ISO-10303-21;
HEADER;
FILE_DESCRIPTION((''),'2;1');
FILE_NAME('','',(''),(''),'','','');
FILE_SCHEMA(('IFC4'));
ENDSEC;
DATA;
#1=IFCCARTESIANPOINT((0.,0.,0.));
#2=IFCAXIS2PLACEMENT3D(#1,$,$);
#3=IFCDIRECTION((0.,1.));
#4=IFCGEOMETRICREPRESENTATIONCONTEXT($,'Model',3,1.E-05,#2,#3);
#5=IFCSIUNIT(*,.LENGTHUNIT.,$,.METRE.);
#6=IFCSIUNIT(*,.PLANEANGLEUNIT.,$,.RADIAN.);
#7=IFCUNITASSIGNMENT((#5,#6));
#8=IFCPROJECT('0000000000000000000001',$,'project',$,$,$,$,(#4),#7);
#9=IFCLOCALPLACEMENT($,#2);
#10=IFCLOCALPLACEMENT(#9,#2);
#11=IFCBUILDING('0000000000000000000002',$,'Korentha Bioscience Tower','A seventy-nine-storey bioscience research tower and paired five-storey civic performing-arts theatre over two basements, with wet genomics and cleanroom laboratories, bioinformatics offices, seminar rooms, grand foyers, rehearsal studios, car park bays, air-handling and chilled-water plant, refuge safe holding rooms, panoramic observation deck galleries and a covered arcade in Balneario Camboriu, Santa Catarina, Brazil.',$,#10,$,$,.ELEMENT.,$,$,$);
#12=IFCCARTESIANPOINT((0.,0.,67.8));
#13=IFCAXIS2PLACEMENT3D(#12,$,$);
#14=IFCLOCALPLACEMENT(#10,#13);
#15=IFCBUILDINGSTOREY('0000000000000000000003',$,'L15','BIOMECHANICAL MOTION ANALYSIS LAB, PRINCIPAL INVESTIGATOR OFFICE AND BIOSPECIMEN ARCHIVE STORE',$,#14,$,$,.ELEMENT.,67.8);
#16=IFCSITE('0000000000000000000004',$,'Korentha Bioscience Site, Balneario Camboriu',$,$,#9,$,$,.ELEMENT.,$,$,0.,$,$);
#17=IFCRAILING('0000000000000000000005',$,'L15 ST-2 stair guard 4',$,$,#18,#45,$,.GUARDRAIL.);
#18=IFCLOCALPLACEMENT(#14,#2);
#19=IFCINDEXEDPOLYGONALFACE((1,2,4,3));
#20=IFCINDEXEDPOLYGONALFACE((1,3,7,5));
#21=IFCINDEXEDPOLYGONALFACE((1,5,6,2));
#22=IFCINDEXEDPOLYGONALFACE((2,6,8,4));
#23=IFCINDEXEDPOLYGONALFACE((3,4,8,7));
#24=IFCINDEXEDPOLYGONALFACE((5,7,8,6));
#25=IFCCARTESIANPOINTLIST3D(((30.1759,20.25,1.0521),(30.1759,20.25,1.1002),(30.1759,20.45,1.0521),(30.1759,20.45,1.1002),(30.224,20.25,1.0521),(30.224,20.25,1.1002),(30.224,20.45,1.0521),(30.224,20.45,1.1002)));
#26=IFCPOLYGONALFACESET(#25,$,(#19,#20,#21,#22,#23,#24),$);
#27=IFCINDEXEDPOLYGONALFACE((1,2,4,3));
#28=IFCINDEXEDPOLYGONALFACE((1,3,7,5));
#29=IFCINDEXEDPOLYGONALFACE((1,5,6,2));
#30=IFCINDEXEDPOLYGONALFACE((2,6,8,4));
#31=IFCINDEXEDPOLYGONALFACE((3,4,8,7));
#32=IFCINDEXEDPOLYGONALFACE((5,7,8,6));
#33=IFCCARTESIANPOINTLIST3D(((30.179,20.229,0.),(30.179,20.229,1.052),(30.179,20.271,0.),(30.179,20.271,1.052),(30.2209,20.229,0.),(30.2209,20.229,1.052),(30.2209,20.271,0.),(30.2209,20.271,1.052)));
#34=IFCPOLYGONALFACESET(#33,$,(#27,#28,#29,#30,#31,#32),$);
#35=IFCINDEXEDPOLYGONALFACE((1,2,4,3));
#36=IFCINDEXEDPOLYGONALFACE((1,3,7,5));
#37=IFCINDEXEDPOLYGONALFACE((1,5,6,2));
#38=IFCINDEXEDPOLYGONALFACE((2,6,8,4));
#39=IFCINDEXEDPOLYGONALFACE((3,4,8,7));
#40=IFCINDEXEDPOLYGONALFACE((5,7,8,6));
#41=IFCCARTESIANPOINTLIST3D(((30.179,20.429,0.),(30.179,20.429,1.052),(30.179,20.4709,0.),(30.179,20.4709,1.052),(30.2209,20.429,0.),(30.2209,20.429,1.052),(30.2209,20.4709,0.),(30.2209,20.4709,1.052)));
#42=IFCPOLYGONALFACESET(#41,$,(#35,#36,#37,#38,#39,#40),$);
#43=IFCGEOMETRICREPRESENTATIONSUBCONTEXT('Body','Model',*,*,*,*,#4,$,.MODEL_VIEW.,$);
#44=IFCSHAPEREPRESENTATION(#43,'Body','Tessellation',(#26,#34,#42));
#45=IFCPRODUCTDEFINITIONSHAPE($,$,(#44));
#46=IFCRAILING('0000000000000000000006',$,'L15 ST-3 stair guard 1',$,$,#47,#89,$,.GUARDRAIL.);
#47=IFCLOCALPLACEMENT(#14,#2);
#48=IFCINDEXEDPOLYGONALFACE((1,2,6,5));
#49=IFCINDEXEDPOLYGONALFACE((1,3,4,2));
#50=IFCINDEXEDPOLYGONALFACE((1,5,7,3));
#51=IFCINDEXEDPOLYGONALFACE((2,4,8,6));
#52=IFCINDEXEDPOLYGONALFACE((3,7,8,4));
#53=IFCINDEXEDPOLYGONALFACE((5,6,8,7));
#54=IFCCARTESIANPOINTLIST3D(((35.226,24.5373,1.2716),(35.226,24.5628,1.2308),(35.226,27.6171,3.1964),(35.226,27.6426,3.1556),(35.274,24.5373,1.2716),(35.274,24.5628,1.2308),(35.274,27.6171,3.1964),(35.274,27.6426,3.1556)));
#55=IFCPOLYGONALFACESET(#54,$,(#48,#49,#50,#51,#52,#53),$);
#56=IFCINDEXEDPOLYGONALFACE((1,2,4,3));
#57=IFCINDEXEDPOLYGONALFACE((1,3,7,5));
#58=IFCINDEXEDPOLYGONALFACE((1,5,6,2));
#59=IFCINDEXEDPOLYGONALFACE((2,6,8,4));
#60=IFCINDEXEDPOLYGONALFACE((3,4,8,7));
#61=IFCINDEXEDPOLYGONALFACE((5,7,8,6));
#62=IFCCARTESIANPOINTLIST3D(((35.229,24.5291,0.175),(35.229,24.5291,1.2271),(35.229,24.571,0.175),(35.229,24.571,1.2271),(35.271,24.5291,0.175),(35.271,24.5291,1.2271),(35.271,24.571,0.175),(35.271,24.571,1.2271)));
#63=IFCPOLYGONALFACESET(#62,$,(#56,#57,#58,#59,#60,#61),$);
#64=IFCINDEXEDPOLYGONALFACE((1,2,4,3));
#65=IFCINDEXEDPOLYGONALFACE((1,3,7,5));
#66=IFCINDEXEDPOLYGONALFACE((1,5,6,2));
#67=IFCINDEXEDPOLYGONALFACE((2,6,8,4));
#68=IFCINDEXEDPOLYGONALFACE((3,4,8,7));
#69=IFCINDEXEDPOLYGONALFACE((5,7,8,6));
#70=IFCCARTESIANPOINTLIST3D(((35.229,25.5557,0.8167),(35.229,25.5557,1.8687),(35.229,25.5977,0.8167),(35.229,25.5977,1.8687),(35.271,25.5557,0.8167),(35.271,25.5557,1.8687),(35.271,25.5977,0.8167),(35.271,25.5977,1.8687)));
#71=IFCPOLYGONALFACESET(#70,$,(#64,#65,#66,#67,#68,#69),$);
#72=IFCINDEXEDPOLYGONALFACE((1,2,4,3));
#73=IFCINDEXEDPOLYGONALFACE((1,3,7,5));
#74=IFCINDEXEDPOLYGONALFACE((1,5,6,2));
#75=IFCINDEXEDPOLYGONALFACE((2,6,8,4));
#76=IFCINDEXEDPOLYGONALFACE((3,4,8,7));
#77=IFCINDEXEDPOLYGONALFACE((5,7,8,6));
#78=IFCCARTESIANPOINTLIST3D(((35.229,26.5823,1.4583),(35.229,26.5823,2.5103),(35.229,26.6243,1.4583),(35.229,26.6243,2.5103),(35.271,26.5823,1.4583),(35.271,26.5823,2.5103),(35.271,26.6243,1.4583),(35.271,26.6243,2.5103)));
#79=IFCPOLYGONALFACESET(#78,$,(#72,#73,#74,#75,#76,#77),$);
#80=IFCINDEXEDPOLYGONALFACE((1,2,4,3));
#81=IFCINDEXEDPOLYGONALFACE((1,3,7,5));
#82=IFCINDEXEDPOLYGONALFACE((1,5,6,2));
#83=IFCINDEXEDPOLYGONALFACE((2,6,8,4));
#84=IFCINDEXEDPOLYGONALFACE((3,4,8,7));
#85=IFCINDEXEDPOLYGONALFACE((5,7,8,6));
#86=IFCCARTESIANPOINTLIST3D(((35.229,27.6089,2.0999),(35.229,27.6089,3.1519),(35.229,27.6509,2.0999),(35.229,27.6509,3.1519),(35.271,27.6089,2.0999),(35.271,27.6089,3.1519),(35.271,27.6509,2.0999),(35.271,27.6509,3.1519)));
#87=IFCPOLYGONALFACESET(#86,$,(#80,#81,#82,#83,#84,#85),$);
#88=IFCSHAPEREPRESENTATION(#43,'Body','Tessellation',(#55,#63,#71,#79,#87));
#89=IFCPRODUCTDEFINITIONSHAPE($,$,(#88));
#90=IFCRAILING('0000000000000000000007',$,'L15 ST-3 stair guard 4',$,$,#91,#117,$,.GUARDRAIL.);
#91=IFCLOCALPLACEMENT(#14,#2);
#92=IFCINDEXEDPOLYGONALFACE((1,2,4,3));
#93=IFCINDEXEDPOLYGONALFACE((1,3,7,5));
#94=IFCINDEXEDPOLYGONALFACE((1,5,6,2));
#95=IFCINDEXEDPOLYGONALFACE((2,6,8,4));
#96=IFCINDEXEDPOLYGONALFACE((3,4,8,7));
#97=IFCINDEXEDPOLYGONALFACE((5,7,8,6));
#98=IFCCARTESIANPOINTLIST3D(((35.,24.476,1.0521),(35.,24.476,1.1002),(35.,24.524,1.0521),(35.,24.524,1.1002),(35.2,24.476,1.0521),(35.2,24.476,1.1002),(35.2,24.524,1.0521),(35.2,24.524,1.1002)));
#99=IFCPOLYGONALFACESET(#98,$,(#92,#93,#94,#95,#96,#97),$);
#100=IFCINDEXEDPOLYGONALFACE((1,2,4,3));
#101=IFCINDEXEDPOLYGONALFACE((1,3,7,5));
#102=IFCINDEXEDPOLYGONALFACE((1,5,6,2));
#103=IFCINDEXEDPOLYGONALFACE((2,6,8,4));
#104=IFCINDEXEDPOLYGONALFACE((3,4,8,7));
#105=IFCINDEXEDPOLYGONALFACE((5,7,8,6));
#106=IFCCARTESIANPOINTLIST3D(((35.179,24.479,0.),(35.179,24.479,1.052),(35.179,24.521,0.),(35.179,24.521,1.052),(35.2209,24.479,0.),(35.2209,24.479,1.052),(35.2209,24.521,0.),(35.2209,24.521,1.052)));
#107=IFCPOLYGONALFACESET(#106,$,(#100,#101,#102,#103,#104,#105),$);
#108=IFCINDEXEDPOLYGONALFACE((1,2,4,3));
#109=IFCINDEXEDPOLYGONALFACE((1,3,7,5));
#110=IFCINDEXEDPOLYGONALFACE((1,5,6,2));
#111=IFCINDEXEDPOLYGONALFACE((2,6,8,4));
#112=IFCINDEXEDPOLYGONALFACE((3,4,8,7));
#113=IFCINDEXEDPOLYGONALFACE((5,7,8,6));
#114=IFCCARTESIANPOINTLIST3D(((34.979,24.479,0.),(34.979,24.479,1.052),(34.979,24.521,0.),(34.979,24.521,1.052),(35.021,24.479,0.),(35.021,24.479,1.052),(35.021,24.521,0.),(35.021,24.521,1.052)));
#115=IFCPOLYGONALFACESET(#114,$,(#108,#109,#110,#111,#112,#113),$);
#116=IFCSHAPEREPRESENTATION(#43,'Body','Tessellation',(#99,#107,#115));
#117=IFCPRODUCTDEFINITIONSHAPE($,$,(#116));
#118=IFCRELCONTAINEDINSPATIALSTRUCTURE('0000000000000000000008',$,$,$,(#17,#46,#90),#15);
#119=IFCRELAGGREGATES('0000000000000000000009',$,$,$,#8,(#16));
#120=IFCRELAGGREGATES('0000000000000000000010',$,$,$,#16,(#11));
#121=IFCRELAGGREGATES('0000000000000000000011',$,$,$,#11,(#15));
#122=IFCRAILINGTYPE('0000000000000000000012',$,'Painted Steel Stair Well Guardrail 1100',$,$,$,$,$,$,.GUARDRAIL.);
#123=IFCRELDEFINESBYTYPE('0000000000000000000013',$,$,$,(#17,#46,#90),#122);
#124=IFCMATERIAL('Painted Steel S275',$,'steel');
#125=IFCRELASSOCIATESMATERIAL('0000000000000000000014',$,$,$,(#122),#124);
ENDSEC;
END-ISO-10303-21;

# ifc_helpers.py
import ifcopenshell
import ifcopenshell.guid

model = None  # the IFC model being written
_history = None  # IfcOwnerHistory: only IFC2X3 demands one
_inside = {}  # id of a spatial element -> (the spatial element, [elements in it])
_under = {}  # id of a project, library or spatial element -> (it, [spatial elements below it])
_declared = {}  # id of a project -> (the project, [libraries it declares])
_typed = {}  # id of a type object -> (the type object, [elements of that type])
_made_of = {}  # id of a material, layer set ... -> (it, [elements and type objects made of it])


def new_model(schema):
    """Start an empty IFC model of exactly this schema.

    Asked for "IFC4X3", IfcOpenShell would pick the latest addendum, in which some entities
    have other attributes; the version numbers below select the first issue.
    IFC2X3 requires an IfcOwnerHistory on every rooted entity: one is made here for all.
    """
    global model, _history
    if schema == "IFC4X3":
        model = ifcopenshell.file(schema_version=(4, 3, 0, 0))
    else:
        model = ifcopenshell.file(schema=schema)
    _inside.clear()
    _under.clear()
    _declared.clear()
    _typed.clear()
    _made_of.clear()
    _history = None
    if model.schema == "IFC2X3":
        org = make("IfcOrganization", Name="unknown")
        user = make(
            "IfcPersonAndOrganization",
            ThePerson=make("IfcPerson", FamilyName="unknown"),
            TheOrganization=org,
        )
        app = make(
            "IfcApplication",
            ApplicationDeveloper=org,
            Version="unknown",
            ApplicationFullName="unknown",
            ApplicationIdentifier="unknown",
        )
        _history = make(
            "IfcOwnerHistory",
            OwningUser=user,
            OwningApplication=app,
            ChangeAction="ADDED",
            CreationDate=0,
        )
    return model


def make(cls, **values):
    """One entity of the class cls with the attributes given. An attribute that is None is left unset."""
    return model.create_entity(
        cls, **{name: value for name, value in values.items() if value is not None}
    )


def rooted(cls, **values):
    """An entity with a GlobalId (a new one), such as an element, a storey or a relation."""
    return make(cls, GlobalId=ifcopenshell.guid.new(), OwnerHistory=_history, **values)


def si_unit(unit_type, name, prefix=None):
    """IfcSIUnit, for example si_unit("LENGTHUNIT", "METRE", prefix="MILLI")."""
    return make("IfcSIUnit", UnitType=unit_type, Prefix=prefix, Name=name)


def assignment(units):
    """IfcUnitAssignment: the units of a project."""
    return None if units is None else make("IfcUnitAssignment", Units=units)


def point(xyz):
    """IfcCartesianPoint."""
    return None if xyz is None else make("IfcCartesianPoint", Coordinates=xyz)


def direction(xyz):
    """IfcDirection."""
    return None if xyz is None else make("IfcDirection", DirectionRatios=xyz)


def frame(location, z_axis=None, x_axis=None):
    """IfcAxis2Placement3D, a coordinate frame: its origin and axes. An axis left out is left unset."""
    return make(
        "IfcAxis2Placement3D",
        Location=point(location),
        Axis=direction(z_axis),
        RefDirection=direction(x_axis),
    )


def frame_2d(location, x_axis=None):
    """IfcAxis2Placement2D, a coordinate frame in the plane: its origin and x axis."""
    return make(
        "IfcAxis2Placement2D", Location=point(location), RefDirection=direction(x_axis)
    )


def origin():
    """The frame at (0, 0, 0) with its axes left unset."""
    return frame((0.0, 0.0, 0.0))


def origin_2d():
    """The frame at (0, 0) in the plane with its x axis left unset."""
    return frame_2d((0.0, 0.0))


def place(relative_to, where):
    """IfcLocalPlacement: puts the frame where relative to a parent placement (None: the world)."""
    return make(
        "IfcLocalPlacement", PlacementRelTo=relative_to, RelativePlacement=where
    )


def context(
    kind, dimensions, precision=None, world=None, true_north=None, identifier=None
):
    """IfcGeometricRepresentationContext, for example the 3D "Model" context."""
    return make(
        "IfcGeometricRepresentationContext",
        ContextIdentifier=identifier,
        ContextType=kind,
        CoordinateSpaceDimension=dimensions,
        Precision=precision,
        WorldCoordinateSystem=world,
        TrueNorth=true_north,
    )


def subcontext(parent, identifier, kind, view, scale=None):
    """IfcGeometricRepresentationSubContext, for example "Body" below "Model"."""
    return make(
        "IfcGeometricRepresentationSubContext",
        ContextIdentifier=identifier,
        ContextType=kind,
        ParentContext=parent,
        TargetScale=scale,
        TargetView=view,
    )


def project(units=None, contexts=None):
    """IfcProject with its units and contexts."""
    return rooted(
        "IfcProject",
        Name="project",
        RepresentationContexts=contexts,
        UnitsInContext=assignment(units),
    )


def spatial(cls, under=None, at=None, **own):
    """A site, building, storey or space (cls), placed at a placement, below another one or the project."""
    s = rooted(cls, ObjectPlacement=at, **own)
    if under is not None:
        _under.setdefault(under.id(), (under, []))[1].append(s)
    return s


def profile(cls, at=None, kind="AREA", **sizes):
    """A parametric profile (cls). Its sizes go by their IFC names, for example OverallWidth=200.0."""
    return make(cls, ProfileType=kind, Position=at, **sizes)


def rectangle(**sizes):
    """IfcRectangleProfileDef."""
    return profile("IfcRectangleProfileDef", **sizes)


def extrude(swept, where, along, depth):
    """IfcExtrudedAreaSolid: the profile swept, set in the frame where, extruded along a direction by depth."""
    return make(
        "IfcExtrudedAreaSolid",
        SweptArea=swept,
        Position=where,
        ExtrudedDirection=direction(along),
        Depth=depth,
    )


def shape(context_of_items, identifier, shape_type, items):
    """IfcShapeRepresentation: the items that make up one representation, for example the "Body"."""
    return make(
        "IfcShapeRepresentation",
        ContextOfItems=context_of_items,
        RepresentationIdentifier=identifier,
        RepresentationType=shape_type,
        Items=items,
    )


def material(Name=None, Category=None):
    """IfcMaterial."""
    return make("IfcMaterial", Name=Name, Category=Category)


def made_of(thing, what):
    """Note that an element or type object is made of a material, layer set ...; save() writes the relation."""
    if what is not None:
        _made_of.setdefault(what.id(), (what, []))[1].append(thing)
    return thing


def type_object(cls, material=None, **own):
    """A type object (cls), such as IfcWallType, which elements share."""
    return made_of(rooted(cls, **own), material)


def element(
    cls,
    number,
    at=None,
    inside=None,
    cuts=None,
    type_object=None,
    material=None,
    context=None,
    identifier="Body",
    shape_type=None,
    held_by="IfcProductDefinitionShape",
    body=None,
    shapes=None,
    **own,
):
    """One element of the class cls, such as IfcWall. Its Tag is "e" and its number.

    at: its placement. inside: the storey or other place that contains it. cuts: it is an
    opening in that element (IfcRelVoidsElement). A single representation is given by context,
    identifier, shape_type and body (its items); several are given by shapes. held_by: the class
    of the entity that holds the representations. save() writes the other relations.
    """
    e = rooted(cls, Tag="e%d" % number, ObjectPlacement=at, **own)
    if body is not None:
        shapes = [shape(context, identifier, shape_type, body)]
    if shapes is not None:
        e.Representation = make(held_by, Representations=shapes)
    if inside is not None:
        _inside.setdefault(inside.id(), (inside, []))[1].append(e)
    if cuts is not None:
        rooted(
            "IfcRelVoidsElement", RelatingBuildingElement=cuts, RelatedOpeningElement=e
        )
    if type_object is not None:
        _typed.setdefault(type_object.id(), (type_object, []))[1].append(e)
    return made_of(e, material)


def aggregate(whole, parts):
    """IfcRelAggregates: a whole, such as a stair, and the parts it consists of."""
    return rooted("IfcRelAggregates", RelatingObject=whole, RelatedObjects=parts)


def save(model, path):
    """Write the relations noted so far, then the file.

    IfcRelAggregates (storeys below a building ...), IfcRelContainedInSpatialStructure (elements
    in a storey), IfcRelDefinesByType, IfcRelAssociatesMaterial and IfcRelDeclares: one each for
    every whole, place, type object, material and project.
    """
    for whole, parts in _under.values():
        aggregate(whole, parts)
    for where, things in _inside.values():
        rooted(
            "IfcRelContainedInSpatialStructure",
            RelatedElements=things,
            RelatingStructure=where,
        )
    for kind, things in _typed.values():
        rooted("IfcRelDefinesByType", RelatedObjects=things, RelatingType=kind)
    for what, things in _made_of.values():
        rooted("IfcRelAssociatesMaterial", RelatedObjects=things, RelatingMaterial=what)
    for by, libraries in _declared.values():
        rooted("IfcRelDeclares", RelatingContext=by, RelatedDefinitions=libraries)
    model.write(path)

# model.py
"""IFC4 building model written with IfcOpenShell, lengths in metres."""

from ifc_helpers import new_model, si_unit, direction, frame, origin, origin_2d, place, context, subcontext, project, spatial, rectangle, extrude, material, type_object, element, save


model = new_model("IFC4")

# Units and contexts
model_context = context("Model", 3, precision=1e-05, world=origin(), true_north=direction((0.0, 1.0)))
body_context = subcontext(model_context, "Body", "Model", "MODEL_VIEW")
ifc_project = project(units=[si_unit("LENGTHUNIT", "METRE"), si_unit("PLANEANGLEUNIT", "RADIAN")], contexts=[model_context])

# Site, building, storey
site_placement = place(None, origin())
site = spatial("IfcSite", under=ifc_project, at=site_placement, Name="Korentha Bioscience Site, Balneario Camboriu", CompositionType="ELEMENT", RefElevation=0.0)
building_placement = place(site_placement, origin())
building = spatial("IfcBuilding", under=site, at=building_placement, Name="Korentha Bioscience Tower", Description="A seventy-nine-storey bioscience research tower and paired five-storey civic performing-arts theatre over two basements, with wet genomics and cleanroom laboratories, bioinformatics offices, seminar rooms, grand foyers, rehearsal studios, car park bays, air-handling and chilled-water plant, refuge safe holding rooms, panoramic observation deck galleries and a covered arcade in Balneario Camboriu, Santa Catarina, Brazil.", CompositionType="ELEMENT")
storey_placement = place(building_placement, frame((0.0, 0.0, 67.8)))
storey = spatial("IfcBuildingStorey", under=building, at=storey_placement, Name="L15", Description="BIOMECHANICAL MOTION ANALYSIS LAB, PRINCIPAL INVESTIGATOR OFFICE AND BIOSPECIMEN ARCHIVE STORE", CompositionType="ELEMENT", Elevation=67.8)

# Railings
ifc_material_1 = material(Name="Painted Steel S275", Category="steel")
railing_type_1 = type_object("IfcRailingType", Name="Painted Steel Stair Well Guardrail 1100", PredefinedType="GUARDRAIL", material=ifc_material_1)
railing_1_placement = place(storey_placement, frame((30.2, 20.25, 0.0)))
element("IfcRailing", 1, at=railing_1_placement, inside=storey, type_object=railing_type_1, Name="L15 ST-2 stair guard 4", PredefinedType="GUARDRAIL", context=body_context, shape_type="SweptSolid", body=[
    extrude(rectangle(XDim=0.0481, YDim=0.0481, at=origin_2d()), frame((0.0, 0.0, 1.0762), z_axis=(0.0, 1.0, 0.0), x_axis=(-1.0, 0.0, 0.0)), (0.0, 0.0, 1.0), 0.2),
    extrude(rectangle(XDim=0.042, YDim=0.042, at=origin_2d()), origin(), (0.0, 0.0, 1.0), 1.052),
    extrude(rectangle(XDim=0.042, YDim=0.042, at=origin_2d()), frame((0.0, 0.2, 0.0)), (0.0, 0.0, 1.0), 1.052),
])
railing_2_placement = place(storey_placement, frame((35.25, 24.55, 0.175)))
element("IfcRailing", 2, at=railing_2_placement, inside=storey, type_object=railing_type_1, Name="L15 ST-3 stair guard 1", PredefinedType="GUARDRAIL", context=body_context, shape_type="SweptSolid", body=[
    extrude(rectangle(XDim=0.0481, YDim=0.0481, at=origin_2d()), frame((0.0, 0.0, 1.0762), z_axis=(0.0, 0.84801, 0.529981), x_axis=(-1.0, 0.0, 0.0)), (0.0, 0.0, 1.0), 3.6318),
    extrude(rectangle(XDim=0.042, YDim=0.042, at=origin_2d()), origin(), (0.0, 0.0, 1.0), 1.052),
    extrude(rectangle(XDim=0.042, YDim=0.042, at=origin_2d()), frame((0.0, 1.0266, 0.6416)), (0.0, 0.0, 1.0), 1.052),
    extrude(rectangle(XDim=0.042, YDim=0.042, at=origin_2d()), frame((0.0, 2.0532, 1.2832)), (0.0, 0.0, 1.0), 1.052),
    extrude(rectangle(XDim=0.042, YDim=0.042, at=origin_2d()), frame((0.0, 3.0798, 1.9248)), (0.0, 0.0, 1.0), 1.052),
])
railing_3_placement = place(storey_placement, frame((35.2, 24.5, 0.0)))
element("IfcRailing", 3, at=railing_3_placement, inside=storey, type_object=railing_type_1, Name="L15 ST-3 stair guard 4", PredefinedType="GUARDRAIL", context=body_context, shape_type="SweptSolid", body=[
    extrude(rectangle(XDim=0.0481, YDim=0.0481, at=origin_2d()), frame((0.0, 0.0, 1.0762), z_axis=(-1.0, 0.0, 0.0), x_axis=(0.0, -1.0, 0.0)), (0.0, 0.0, 1.0), 0.2),
    extrude(rectangle(XDim=0.042, YDim=0.042, at=origin_2d()), origin(), (0.0, 0.0, 1.0), 1.052),
    extrude(rectangle(XDim=0.042, YDim=0.042, at=origin_2d()), frame((-0.2, 0.0, 0.0)), (0.0, 0.0, 1.0), 1.052),
])

save(model, "model.ifc")
